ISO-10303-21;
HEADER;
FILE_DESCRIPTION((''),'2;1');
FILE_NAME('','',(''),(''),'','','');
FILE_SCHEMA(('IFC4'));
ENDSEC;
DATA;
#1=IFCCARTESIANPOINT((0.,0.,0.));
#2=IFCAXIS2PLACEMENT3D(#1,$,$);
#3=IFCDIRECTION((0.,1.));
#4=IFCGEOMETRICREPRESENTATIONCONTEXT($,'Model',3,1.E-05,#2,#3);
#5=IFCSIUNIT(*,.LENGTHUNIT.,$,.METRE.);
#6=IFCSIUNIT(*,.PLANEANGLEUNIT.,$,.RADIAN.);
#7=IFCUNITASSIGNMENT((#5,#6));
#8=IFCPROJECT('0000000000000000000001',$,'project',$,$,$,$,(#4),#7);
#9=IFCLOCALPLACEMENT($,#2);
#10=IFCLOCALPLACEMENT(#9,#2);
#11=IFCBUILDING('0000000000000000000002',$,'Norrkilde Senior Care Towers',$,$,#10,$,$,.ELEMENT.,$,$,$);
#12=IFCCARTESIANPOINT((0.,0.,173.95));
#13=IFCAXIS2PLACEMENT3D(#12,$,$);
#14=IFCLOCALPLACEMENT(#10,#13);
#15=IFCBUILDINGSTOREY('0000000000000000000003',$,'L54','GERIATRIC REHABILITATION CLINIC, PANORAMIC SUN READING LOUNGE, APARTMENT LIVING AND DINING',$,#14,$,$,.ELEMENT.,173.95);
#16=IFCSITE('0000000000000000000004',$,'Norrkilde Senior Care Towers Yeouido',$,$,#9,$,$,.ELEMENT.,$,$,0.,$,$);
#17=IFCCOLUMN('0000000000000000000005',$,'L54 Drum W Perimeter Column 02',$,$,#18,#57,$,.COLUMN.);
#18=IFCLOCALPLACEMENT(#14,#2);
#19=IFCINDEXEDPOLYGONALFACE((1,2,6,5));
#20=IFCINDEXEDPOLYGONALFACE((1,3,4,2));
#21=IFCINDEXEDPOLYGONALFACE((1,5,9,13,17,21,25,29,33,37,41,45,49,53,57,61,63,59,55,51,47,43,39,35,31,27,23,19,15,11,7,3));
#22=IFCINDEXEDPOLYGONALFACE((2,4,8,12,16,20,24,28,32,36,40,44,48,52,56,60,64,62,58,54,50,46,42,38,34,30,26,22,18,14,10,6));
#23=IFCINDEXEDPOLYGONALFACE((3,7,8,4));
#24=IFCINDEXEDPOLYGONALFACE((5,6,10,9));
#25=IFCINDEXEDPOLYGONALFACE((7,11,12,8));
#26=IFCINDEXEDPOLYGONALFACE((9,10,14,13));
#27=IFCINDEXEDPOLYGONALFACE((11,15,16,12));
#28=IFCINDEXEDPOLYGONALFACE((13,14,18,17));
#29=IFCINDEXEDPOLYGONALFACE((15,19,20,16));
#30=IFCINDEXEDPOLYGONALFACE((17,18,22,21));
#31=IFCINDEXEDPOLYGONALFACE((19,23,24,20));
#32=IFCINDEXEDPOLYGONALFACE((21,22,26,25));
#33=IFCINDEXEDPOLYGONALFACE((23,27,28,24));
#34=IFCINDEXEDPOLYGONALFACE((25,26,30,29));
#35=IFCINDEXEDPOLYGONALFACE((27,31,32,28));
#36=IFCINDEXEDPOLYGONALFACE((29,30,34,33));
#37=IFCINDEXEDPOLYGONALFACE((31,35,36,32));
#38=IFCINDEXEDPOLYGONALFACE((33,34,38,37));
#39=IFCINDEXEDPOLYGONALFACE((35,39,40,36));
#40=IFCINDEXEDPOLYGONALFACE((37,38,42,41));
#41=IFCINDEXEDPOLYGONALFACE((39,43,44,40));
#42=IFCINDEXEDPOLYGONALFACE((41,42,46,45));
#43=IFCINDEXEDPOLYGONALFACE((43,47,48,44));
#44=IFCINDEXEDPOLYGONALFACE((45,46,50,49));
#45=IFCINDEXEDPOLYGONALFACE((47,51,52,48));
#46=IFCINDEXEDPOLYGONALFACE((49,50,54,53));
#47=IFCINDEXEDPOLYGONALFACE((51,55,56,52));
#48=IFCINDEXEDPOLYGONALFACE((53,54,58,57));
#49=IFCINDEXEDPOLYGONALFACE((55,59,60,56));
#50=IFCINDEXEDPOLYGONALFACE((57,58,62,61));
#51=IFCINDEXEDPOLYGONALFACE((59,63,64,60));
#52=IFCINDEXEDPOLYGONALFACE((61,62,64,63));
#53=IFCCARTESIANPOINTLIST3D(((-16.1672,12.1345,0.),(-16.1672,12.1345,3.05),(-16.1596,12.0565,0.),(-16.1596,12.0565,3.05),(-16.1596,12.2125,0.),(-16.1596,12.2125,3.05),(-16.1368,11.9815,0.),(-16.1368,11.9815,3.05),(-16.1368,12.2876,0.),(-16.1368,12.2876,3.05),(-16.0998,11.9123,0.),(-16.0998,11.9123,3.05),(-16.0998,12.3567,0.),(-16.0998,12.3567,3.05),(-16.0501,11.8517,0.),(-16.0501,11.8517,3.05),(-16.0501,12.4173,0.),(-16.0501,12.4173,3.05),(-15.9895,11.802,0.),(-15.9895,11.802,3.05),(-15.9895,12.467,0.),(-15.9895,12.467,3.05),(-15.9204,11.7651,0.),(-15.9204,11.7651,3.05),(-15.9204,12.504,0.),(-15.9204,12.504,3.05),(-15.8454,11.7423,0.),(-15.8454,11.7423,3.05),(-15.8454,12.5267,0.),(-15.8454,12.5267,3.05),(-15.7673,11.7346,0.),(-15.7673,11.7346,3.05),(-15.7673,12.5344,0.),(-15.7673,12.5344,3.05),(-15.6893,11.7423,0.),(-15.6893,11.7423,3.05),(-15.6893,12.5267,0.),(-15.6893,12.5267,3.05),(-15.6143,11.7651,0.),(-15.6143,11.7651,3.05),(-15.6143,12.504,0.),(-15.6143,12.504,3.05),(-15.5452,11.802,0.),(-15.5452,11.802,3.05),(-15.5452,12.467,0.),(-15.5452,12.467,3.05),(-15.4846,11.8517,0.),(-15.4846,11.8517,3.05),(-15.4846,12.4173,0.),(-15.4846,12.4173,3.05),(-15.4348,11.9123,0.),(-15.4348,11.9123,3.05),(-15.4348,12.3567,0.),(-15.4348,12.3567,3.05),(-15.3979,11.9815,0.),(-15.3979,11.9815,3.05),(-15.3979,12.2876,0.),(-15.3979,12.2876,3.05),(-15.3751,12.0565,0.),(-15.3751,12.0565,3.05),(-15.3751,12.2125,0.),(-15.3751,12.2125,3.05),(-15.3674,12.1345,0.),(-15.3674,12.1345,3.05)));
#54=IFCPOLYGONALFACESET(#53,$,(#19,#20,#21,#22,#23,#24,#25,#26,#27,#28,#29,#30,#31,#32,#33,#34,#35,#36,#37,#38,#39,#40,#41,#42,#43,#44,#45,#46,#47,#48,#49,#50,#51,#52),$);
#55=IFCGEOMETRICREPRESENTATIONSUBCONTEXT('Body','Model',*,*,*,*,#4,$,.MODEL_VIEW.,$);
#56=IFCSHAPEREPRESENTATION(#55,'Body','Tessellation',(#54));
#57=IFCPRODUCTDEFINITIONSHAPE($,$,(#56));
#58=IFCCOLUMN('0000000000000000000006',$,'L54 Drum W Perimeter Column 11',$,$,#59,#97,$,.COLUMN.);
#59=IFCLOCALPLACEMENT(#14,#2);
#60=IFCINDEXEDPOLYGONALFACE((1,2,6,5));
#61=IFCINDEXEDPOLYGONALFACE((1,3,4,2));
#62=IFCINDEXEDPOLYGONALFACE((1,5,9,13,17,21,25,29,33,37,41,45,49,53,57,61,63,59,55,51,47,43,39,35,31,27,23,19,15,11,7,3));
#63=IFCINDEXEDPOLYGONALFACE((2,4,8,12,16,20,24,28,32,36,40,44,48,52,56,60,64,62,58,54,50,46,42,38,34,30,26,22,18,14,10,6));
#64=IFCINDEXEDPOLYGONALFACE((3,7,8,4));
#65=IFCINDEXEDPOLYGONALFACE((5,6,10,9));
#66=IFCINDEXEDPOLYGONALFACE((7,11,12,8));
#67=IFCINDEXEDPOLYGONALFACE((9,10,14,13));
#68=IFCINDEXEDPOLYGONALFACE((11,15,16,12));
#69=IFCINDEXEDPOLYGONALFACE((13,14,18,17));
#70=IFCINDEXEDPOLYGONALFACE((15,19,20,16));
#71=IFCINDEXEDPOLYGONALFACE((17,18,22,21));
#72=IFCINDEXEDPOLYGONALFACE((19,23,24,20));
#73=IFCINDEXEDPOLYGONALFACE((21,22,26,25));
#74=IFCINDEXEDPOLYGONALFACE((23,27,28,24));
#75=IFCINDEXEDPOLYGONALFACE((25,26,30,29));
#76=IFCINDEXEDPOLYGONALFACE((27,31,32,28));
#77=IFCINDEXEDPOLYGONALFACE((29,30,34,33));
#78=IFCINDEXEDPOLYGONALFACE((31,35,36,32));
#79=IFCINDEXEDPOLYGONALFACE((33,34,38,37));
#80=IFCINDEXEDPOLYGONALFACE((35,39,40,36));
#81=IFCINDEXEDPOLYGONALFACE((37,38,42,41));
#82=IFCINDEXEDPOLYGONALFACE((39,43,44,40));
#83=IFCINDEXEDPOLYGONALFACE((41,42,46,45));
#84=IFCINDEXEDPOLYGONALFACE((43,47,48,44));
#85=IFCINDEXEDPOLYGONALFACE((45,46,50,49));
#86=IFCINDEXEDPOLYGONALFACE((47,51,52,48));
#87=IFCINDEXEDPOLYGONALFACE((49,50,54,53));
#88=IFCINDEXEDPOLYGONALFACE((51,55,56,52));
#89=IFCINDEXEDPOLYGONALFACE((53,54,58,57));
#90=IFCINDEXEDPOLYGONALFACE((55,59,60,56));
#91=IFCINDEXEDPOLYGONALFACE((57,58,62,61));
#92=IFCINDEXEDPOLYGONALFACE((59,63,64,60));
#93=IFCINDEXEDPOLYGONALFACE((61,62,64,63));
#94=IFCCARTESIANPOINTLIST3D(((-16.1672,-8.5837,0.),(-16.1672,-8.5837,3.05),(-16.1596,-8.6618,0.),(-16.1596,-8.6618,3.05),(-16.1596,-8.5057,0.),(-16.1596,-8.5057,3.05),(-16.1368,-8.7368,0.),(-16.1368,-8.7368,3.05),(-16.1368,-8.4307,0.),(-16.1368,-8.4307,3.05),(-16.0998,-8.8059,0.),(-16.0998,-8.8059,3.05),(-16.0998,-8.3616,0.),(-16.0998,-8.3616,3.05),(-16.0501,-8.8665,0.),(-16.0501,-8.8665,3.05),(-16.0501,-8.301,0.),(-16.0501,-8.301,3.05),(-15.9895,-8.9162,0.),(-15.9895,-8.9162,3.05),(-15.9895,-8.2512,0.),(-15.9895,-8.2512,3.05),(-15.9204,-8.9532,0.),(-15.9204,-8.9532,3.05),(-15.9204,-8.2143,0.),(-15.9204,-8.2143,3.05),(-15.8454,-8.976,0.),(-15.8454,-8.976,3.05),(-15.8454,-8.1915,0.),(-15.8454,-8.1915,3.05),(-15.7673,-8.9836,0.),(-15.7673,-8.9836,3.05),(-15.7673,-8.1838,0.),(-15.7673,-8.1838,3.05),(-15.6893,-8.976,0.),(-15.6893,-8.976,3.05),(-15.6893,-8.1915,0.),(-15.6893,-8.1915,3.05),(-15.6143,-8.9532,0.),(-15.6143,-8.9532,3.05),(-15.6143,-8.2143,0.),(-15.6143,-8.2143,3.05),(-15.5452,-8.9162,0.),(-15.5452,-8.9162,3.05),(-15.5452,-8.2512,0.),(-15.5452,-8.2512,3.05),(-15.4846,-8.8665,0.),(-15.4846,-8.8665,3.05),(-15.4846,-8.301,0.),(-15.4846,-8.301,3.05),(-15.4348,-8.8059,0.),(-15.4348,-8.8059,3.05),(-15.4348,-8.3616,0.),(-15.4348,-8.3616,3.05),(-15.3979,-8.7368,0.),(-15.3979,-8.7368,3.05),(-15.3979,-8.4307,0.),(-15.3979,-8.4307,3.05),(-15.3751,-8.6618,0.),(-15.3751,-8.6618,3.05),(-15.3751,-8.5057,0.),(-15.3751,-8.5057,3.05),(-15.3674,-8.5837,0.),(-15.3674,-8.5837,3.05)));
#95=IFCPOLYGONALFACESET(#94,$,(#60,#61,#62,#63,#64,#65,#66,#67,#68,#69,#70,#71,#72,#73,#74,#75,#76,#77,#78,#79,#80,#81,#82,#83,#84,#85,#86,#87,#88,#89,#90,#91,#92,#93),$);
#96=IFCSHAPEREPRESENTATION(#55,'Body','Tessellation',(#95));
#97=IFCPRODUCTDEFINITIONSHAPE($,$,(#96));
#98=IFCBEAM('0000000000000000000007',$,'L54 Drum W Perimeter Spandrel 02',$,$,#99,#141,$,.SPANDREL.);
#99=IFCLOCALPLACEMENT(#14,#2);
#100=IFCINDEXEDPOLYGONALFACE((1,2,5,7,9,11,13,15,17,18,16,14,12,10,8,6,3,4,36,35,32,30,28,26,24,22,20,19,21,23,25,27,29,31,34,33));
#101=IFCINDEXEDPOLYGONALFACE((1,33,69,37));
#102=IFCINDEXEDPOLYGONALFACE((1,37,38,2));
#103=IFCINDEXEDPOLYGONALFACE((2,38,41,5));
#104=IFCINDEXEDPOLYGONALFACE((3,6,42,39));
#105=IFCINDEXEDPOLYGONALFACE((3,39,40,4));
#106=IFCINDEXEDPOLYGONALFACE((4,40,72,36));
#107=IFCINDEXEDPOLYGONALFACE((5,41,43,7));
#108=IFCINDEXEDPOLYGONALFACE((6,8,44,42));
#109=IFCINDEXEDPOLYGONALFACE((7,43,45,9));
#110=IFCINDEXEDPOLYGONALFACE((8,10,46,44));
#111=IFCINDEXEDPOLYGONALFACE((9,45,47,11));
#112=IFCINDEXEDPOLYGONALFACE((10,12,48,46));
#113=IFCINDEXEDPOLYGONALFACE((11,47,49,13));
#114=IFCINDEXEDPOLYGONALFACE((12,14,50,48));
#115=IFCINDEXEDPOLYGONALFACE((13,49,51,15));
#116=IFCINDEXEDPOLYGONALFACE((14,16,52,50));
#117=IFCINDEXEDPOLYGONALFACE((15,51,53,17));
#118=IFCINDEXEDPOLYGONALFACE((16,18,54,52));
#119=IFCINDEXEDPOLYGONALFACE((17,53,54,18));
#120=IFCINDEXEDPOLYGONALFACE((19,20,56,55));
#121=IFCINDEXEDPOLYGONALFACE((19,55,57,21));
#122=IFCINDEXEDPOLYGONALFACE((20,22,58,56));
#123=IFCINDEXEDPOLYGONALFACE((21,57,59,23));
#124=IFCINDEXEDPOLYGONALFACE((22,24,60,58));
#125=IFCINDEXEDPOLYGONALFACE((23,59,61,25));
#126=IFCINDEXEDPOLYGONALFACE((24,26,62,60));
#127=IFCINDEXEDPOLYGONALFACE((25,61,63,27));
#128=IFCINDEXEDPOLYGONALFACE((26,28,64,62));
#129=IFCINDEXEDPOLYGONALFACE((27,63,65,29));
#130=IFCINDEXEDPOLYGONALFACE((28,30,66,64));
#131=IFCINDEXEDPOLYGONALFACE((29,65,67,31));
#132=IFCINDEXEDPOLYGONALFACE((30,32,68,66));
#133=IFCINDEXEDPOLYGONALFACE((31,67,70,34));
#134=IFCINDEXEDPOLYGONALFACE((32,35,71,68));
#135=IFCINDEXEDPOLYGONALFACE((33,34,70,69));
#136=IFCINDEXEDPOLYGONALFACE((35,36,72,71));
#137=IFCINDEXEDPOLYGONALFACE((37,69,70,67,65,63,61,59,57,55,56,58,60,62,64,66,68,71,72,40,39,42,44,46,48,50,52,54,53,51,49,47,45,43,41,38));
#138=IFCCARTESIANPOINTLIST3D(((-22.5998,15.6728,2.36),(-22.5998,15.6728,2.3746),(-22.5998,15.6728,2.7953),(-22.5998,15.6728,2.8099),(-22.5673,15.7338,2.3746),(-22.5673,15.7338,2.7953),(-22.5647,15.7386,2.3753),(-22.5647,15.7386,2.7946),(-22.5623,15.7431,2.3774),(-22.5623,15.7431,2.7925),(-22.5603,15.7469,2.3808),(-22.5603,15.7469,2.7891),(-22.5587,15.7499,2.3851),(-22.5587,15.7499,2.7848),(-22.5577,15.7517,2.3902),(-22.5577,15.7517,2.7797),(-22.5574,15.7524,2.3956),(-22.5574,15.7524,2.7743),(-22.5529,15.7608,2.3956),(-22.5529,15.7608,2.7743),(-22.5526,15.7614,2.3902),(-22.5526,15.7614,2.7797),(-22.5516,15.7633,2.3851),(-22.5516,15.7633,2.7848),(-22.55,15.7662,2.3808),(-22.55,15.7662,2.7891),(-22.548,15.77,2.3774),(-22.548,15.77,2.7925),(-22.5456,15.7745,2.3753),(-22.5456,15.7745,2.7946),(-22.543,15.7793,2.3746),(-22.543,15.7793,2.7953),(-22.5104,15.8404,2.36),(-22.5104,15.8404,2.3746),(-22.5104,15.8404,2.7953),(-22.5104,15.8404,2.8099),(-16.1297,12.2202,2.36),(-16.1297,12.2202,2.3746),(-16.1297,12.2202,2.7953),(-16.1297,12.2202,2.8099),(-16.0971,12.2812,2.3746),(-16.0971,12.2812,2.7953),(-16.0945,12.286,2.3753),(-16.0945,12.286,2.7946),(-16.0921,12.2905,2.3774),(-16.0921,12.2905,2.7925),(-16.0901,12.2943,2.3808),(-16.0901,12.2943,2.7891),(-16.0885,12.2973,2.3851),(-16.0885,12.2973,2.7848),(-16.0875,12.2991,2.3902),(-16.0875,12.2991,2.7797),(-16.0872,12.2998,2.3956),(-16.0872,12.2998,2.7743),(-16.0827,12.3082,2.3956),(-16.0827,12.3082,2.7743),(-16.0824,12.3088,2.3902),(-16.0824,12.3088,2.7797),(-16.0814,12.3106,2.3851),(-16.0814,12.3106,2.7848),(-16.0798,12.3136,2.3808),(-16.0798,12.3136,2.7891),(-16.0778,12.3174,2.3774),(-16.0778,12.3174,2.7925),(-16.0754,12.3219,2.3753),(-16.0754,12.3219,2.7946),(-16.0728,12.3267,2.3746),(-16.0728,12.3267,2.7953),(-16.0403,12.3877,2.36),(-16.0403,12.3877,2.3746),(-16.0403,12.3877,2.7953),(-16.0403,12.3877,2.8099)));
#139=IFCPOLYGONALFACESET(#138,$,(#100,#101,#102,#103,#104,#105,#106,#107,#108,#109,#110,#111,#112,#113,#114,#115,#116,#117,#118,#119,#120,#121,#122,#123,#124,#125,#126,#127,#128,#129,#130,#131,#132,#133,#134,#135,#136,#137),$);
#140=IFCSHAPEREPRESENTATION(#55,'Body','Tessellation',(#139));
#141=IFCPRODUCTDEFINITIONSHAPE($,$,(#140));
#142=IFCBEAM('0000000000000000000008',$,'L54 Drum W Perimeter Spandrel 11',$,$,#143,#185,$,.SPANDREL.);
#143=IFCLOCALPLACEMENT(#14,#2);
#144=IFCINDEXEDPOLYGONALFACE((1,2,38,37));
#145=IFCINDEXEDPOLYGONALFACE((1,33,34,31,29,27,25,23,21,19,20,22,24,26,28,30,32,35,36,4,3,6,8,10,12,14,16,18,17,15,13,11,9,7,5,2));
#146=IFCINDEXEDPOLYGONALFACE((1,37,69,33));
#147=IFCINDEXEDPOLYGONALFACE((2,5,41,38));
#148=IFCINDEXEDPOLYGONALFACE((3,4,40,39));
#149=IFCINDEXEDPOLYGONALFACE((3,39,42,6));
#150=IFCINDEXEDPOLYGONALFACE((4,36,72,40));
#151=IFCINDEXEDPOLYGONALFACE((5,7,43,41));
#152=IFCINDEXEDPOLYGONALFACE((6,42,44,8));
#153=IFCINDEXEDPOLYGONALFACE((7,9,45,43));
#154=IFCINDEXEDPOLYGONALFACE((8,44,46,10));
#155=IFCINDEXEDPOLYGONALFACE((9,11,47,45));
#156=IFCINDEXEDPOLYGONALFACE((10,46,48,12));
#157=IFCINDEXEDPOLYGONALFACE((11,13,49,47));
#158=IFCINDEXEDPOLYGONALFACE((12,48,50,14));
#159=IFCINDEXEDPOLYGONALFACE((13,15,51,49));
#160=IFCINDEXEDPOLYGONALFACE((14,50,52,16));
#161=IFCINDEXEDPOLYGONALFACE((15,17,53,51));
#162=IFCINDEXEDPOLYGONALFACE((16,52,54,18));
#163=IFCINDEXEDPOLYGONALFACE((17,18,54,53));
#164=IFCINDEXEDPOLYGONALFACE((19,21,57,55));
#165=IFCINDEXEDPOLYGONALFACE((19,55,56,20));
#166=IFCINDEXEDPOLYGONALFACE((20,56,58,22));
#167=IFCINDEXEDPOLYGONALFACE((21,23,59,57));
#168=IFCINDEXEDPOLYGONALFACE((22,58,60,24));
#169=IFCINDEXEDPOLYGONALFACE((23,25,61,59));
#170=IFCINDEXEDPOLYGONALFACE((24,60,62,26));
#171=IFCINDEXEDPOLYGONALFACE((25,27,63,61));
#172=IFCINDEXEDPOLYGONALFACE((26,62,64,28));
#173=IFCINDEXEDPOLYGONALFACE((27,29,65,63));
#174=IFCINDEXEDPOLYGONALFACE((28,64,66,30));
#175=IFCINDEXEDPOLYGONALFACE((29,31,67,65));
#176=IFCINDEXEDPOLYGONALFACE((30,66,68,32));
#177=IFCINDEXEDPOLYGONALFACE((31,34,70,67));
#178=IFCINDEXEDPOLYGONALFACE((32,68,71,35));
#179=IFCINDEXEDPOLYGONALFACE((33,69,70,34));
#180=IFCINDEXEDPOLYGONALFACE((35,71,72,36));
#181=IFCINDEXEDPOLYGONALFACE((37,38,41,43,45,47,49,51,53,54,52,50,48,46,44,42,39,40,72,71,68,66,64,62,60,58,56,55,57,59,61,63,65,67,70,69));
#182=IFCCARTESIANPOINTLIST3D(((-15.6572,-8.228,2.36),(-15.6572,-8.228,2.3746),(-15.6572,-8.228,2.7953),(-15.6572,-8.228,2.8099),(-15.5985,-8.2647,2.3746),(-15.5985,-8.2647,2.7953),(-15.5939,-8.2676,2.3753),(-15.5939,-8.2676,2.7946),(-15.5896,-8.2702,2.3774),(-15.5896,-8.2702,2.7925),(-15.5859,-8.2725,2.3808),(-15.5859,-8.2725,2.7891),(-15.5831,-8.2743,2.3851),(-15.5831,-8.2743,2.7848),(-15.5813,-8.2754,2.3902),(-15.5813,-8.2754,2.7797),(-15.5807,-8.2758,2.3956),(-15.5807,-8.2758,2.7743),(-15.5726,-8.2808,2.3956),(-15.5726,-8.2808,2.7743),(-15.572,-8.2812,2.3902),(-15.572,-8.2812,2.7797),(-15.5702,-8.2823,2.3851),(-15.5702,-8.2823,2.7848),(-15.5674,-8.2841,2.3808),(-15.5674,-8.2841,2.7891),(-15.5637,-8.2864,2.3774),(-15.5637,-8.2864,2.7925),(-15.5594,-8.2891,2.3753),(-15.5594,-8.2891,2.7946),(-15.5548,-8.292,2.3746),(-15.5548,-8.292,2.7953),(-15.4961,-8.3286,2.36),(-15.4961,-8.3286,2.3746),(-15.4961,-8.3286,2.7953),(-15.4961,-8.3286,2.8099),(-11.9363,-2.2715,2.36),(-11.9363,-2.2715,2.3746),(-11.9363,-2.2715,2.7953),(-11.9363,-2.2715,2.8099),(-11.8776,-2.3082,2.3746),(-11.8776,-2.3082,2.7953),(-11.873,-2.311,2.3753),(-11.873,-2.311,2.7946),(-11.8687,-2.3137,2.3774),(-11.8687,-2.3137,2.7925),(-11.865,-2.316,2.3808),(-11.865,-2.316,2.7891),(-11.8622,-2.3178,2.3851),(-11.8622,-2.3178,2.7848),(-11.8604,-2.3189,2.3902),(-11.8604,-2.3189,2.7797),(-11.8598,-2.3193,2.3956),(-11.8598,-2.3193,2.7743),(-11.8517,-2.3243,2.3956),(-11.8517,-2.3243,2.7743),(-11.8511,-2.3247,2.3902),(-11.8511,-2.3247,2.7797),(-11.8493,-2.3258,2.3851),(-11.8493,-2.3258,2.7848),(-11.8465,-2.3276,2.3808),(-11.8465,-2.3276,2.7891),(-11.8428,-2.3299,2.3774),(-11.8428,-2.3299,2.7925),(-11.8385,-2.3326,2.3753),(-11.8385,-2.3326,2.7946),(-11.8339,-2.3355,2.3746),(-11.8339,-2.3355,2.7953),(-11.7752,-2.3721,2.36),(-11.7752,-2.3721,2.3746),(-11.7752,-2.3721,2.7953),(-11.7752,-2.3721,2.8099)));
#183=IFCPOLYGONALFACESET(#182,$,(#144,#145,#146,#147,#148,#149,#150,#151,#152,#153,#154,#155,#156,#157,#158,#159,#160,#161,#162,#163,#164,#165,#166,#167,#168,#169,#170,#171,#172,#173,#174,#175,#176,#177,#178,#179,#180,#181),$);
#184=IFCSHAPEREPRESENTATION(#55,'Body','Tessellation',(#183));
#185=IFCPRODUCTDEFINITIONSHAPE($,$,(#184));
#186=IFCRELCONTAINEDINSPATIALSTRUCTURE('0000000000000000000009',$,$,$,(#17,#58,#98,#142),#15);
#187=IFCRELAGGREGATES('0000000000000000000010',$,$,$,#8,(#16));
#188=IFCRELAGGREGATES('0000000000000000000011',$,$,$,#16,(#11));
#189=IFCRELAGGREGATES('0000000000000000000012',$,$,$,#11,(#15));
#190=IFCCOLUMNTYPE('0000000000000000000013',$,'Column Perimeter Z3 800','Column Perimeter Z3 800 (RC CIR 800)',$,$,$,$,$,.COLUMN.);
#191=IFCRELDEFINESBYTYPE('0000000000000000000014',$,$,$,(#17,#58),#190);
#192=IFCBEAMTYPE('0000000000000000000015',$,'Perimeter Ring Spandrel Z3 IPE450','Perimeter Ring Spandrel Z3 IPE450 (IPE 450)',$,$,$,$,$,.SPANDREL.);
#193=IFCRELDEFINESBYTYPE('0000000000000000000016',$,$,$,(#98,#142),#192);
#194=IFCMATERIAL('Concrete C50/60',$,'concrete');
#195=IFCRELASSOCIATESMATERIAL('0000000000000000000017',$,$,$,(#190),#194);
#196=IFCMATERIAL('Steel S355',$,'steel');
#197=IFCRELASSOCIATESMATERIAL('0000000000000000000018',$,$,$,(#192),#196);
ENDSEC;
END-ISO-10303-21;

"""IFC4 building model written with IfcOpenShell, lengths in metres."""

from ifc_helpers import new_model, si_unit, direction, frame, origin, origin_2d, place, context, subcontext, project, spatial, circle, i_section, extrude, source, transform, mapped, material, material_profile, profile_set, type_object, type_shapes, element, save


model = new_model("IFC4")

# Units and contexts
model_context = context("Model", 3, precision=1e-05, world=origin(), true_north=direction((0.0, 1.0)))
body_context = subcontext(model_context, "Body", "Model", "MODEL_VIEW")
ifc_project = project(units=[si_unit("LENGTHUNIT", "METRE"), si_unit("PLANEANGLEUNIT", "RADIAN")], contexts=[model_context])

# Site, building, storey
site_placement = place(None, origin())
site = spatial("IfcSite", under=ifc_project, at=site_placement, Name="Norrkilde Senior Care Towers Yeouido", CompositionType="ELEMENT", RefElevation=0.0)
building_placement = place(site_placement, origin())
building = spatial("IfcBuilding", under=site, at=building_placement, Name="Norrkilde Senior Care Towers", CompositionType="ELEMENT")
storey_placement = place(building_placement, frame((0.0, 0.0, 173.95)))
storey = spatial("IfcBuildingStorey", under=building, at=storey_placement, Name="L54", Description="GERIATRIC REHABILITATION CLINIC, PANORAMIC SUN READING LOUNGE, APARTMENT LIVING AND DINING", CompositionType="ELEMENT", Elevation=173.95)

# Columns
ifc_material_1 = material(Name="Concrete C50/60", Category="concrete")
ifc_material_profile_1 = material_profile(ifc_material_1, circle(Radius=0.3999, at=origin_2d()), Name="RC CIR 800")
ifc_profile_set_1 = profile_set([ifc_material_profile_1], Name="Concrete C50/60")
column_type = type_object("IfcColumnType", Name="Column Perimeter Z3 800", Description="Column Perimeter Z3 800 (RC CIR 800)", PredefinedType="COLUMN", material=ifc_profile_set_1)
shared_shape_1 = source(origin(), body_context, "Body", "SweptSolid", [
    extrude(circle(Radius=0.3999, at=origin_2d()), origin(), (0.0, 0.0, 1.0), 3.05),
])
type_shapes(column_type, [shared_shape_1])
for number, where, z_axis, x_axis, name in (
    (1, (-15.7673, 12.1345, 0.0), (0.0, 0.0, 1.0), (1.0, 0.0, 0.0), "L54 Drum W Perimeter Column 02"),
    (2, (-15.7673, -8.5837, 0.0), (0.0, 0.0, 1.0), (1.0, 0.0, 0.0), "L54 Drum W Perimeter Column 11"),
):
    element("IfcColumn", number, at=place(storey_placement, frame(where, z_axis=z_axis, x_axis=x_axis)), inside=storey, type_object=column_type, Name=name, PredefinedType="COLUMN", context=body_context, shape_type="MappedRepresentation", body=[
        mapped(shared_shape_1, transform((0.0, 0.0, 0.0), x_axis=(1.0, 0.0, 0.0), y_axis=(0.0, 1.0, 0.0), z_axis=(0.0, 0.0, 1.0), scale=1.0)),
    ])

# Beams
ifc_material_2 = material(Name="Steel S355", Category="steel")
ifc_material_profile_2 = material_profile(ifc_material_2, i_section(OverallWidth=0.1899, OverallDepth=0.45, WebThickness=0.0095, FlangeThickness=0.0146, FilletRadius=0.021, at=origin_2d()), Name="IPE 450")
ifc_profile_set_2 = profile_set([ifc_material_profile_2], Name="Steel S355")
beam_type_1 = type_object("IfcBeamType", Name="Perimeter Ring Spandrel Z3 IPE450", Description="Perimeter Ring Spandrel Z3 IPE450 (IPE 450)", PredefinedType="SPANDREL", material=ifc_profile_set_2)
shared_shape_2 = source(origin(), body_context, "Body", "SweptSolid", [
    extrude(i_section(OverallWidth=0.1899, OverallDepth=0.45, WebThickness=0.0095, FlangeThickness=0.0146, FilletRadius=0.021, at=origin_2d()), origin(), (0.0, 0.0, 1.0), 7.3337),
])
beam_1_placement = place(storey_placement, frame((-16.085, 12.304, 2.585), z_axis=(-0.882248, 0.470785, 0.0), x_axis=(-0.470785, -0.882248, 0.0)))
element("IfcBeam", 3, at=beam_1_placement, inside=storey, type_object=beam_type_1, Name="L54 Drum W Perimeter Spandrel 02", PredefinedType="SPANDREL", context=body_context, shape_type="MappedRepresentation", body=[
    mapped(shared_shape_2, transform((0.0, 0.0, 0.0), x_axis=(1.0, 0.0, 0.0), y_axis=(0.0, 1.0, 0.0), z_axis=(0.0, 0.0, 1.0), scale=1.0)),
])
shared_shape_3 = source(origin(), body_context, "Body", "SweptSolid", [
    extrude(i_section(OverallWidth=0.1899, OverallDepth=0.45, WebThickness=0.0095, FlangeThickness=0.0146, FilletRadius=0.021, at=origin_2d()), origin(), (0.0, 0.0, 1.0), 7.0232),
])
type_shapes(beam_type_1, [shared_shape_2, shared_shape_3])
beam_2_placement = place(storey_placement, frame((-15.5767, -8.2783, 2.585), z_axis=(0.529805, 0.848119, 0.0), x_axis=(-0.848119, 0.529805, 0.0)))
element("IfcBeam", 4, at=beam_2_placement, inside=storey, type_object=beam_type_1, Name="L54 Drum W Perimeter Spandrel 11", PredefinedType="SPANDREL", context=body_context, shape_type="MappedRepresentation", body=[
    mapped(shared_shape_3, transform((0.0, 0.0, 0.0), x_axis=(1.0, 0.0, 0.0), y_axis=(0.0, 1.0, 0.0), z_axis=(0.0, 0.0, 1.0), scale=1.0)),
])

save(model, "model.ifc")
